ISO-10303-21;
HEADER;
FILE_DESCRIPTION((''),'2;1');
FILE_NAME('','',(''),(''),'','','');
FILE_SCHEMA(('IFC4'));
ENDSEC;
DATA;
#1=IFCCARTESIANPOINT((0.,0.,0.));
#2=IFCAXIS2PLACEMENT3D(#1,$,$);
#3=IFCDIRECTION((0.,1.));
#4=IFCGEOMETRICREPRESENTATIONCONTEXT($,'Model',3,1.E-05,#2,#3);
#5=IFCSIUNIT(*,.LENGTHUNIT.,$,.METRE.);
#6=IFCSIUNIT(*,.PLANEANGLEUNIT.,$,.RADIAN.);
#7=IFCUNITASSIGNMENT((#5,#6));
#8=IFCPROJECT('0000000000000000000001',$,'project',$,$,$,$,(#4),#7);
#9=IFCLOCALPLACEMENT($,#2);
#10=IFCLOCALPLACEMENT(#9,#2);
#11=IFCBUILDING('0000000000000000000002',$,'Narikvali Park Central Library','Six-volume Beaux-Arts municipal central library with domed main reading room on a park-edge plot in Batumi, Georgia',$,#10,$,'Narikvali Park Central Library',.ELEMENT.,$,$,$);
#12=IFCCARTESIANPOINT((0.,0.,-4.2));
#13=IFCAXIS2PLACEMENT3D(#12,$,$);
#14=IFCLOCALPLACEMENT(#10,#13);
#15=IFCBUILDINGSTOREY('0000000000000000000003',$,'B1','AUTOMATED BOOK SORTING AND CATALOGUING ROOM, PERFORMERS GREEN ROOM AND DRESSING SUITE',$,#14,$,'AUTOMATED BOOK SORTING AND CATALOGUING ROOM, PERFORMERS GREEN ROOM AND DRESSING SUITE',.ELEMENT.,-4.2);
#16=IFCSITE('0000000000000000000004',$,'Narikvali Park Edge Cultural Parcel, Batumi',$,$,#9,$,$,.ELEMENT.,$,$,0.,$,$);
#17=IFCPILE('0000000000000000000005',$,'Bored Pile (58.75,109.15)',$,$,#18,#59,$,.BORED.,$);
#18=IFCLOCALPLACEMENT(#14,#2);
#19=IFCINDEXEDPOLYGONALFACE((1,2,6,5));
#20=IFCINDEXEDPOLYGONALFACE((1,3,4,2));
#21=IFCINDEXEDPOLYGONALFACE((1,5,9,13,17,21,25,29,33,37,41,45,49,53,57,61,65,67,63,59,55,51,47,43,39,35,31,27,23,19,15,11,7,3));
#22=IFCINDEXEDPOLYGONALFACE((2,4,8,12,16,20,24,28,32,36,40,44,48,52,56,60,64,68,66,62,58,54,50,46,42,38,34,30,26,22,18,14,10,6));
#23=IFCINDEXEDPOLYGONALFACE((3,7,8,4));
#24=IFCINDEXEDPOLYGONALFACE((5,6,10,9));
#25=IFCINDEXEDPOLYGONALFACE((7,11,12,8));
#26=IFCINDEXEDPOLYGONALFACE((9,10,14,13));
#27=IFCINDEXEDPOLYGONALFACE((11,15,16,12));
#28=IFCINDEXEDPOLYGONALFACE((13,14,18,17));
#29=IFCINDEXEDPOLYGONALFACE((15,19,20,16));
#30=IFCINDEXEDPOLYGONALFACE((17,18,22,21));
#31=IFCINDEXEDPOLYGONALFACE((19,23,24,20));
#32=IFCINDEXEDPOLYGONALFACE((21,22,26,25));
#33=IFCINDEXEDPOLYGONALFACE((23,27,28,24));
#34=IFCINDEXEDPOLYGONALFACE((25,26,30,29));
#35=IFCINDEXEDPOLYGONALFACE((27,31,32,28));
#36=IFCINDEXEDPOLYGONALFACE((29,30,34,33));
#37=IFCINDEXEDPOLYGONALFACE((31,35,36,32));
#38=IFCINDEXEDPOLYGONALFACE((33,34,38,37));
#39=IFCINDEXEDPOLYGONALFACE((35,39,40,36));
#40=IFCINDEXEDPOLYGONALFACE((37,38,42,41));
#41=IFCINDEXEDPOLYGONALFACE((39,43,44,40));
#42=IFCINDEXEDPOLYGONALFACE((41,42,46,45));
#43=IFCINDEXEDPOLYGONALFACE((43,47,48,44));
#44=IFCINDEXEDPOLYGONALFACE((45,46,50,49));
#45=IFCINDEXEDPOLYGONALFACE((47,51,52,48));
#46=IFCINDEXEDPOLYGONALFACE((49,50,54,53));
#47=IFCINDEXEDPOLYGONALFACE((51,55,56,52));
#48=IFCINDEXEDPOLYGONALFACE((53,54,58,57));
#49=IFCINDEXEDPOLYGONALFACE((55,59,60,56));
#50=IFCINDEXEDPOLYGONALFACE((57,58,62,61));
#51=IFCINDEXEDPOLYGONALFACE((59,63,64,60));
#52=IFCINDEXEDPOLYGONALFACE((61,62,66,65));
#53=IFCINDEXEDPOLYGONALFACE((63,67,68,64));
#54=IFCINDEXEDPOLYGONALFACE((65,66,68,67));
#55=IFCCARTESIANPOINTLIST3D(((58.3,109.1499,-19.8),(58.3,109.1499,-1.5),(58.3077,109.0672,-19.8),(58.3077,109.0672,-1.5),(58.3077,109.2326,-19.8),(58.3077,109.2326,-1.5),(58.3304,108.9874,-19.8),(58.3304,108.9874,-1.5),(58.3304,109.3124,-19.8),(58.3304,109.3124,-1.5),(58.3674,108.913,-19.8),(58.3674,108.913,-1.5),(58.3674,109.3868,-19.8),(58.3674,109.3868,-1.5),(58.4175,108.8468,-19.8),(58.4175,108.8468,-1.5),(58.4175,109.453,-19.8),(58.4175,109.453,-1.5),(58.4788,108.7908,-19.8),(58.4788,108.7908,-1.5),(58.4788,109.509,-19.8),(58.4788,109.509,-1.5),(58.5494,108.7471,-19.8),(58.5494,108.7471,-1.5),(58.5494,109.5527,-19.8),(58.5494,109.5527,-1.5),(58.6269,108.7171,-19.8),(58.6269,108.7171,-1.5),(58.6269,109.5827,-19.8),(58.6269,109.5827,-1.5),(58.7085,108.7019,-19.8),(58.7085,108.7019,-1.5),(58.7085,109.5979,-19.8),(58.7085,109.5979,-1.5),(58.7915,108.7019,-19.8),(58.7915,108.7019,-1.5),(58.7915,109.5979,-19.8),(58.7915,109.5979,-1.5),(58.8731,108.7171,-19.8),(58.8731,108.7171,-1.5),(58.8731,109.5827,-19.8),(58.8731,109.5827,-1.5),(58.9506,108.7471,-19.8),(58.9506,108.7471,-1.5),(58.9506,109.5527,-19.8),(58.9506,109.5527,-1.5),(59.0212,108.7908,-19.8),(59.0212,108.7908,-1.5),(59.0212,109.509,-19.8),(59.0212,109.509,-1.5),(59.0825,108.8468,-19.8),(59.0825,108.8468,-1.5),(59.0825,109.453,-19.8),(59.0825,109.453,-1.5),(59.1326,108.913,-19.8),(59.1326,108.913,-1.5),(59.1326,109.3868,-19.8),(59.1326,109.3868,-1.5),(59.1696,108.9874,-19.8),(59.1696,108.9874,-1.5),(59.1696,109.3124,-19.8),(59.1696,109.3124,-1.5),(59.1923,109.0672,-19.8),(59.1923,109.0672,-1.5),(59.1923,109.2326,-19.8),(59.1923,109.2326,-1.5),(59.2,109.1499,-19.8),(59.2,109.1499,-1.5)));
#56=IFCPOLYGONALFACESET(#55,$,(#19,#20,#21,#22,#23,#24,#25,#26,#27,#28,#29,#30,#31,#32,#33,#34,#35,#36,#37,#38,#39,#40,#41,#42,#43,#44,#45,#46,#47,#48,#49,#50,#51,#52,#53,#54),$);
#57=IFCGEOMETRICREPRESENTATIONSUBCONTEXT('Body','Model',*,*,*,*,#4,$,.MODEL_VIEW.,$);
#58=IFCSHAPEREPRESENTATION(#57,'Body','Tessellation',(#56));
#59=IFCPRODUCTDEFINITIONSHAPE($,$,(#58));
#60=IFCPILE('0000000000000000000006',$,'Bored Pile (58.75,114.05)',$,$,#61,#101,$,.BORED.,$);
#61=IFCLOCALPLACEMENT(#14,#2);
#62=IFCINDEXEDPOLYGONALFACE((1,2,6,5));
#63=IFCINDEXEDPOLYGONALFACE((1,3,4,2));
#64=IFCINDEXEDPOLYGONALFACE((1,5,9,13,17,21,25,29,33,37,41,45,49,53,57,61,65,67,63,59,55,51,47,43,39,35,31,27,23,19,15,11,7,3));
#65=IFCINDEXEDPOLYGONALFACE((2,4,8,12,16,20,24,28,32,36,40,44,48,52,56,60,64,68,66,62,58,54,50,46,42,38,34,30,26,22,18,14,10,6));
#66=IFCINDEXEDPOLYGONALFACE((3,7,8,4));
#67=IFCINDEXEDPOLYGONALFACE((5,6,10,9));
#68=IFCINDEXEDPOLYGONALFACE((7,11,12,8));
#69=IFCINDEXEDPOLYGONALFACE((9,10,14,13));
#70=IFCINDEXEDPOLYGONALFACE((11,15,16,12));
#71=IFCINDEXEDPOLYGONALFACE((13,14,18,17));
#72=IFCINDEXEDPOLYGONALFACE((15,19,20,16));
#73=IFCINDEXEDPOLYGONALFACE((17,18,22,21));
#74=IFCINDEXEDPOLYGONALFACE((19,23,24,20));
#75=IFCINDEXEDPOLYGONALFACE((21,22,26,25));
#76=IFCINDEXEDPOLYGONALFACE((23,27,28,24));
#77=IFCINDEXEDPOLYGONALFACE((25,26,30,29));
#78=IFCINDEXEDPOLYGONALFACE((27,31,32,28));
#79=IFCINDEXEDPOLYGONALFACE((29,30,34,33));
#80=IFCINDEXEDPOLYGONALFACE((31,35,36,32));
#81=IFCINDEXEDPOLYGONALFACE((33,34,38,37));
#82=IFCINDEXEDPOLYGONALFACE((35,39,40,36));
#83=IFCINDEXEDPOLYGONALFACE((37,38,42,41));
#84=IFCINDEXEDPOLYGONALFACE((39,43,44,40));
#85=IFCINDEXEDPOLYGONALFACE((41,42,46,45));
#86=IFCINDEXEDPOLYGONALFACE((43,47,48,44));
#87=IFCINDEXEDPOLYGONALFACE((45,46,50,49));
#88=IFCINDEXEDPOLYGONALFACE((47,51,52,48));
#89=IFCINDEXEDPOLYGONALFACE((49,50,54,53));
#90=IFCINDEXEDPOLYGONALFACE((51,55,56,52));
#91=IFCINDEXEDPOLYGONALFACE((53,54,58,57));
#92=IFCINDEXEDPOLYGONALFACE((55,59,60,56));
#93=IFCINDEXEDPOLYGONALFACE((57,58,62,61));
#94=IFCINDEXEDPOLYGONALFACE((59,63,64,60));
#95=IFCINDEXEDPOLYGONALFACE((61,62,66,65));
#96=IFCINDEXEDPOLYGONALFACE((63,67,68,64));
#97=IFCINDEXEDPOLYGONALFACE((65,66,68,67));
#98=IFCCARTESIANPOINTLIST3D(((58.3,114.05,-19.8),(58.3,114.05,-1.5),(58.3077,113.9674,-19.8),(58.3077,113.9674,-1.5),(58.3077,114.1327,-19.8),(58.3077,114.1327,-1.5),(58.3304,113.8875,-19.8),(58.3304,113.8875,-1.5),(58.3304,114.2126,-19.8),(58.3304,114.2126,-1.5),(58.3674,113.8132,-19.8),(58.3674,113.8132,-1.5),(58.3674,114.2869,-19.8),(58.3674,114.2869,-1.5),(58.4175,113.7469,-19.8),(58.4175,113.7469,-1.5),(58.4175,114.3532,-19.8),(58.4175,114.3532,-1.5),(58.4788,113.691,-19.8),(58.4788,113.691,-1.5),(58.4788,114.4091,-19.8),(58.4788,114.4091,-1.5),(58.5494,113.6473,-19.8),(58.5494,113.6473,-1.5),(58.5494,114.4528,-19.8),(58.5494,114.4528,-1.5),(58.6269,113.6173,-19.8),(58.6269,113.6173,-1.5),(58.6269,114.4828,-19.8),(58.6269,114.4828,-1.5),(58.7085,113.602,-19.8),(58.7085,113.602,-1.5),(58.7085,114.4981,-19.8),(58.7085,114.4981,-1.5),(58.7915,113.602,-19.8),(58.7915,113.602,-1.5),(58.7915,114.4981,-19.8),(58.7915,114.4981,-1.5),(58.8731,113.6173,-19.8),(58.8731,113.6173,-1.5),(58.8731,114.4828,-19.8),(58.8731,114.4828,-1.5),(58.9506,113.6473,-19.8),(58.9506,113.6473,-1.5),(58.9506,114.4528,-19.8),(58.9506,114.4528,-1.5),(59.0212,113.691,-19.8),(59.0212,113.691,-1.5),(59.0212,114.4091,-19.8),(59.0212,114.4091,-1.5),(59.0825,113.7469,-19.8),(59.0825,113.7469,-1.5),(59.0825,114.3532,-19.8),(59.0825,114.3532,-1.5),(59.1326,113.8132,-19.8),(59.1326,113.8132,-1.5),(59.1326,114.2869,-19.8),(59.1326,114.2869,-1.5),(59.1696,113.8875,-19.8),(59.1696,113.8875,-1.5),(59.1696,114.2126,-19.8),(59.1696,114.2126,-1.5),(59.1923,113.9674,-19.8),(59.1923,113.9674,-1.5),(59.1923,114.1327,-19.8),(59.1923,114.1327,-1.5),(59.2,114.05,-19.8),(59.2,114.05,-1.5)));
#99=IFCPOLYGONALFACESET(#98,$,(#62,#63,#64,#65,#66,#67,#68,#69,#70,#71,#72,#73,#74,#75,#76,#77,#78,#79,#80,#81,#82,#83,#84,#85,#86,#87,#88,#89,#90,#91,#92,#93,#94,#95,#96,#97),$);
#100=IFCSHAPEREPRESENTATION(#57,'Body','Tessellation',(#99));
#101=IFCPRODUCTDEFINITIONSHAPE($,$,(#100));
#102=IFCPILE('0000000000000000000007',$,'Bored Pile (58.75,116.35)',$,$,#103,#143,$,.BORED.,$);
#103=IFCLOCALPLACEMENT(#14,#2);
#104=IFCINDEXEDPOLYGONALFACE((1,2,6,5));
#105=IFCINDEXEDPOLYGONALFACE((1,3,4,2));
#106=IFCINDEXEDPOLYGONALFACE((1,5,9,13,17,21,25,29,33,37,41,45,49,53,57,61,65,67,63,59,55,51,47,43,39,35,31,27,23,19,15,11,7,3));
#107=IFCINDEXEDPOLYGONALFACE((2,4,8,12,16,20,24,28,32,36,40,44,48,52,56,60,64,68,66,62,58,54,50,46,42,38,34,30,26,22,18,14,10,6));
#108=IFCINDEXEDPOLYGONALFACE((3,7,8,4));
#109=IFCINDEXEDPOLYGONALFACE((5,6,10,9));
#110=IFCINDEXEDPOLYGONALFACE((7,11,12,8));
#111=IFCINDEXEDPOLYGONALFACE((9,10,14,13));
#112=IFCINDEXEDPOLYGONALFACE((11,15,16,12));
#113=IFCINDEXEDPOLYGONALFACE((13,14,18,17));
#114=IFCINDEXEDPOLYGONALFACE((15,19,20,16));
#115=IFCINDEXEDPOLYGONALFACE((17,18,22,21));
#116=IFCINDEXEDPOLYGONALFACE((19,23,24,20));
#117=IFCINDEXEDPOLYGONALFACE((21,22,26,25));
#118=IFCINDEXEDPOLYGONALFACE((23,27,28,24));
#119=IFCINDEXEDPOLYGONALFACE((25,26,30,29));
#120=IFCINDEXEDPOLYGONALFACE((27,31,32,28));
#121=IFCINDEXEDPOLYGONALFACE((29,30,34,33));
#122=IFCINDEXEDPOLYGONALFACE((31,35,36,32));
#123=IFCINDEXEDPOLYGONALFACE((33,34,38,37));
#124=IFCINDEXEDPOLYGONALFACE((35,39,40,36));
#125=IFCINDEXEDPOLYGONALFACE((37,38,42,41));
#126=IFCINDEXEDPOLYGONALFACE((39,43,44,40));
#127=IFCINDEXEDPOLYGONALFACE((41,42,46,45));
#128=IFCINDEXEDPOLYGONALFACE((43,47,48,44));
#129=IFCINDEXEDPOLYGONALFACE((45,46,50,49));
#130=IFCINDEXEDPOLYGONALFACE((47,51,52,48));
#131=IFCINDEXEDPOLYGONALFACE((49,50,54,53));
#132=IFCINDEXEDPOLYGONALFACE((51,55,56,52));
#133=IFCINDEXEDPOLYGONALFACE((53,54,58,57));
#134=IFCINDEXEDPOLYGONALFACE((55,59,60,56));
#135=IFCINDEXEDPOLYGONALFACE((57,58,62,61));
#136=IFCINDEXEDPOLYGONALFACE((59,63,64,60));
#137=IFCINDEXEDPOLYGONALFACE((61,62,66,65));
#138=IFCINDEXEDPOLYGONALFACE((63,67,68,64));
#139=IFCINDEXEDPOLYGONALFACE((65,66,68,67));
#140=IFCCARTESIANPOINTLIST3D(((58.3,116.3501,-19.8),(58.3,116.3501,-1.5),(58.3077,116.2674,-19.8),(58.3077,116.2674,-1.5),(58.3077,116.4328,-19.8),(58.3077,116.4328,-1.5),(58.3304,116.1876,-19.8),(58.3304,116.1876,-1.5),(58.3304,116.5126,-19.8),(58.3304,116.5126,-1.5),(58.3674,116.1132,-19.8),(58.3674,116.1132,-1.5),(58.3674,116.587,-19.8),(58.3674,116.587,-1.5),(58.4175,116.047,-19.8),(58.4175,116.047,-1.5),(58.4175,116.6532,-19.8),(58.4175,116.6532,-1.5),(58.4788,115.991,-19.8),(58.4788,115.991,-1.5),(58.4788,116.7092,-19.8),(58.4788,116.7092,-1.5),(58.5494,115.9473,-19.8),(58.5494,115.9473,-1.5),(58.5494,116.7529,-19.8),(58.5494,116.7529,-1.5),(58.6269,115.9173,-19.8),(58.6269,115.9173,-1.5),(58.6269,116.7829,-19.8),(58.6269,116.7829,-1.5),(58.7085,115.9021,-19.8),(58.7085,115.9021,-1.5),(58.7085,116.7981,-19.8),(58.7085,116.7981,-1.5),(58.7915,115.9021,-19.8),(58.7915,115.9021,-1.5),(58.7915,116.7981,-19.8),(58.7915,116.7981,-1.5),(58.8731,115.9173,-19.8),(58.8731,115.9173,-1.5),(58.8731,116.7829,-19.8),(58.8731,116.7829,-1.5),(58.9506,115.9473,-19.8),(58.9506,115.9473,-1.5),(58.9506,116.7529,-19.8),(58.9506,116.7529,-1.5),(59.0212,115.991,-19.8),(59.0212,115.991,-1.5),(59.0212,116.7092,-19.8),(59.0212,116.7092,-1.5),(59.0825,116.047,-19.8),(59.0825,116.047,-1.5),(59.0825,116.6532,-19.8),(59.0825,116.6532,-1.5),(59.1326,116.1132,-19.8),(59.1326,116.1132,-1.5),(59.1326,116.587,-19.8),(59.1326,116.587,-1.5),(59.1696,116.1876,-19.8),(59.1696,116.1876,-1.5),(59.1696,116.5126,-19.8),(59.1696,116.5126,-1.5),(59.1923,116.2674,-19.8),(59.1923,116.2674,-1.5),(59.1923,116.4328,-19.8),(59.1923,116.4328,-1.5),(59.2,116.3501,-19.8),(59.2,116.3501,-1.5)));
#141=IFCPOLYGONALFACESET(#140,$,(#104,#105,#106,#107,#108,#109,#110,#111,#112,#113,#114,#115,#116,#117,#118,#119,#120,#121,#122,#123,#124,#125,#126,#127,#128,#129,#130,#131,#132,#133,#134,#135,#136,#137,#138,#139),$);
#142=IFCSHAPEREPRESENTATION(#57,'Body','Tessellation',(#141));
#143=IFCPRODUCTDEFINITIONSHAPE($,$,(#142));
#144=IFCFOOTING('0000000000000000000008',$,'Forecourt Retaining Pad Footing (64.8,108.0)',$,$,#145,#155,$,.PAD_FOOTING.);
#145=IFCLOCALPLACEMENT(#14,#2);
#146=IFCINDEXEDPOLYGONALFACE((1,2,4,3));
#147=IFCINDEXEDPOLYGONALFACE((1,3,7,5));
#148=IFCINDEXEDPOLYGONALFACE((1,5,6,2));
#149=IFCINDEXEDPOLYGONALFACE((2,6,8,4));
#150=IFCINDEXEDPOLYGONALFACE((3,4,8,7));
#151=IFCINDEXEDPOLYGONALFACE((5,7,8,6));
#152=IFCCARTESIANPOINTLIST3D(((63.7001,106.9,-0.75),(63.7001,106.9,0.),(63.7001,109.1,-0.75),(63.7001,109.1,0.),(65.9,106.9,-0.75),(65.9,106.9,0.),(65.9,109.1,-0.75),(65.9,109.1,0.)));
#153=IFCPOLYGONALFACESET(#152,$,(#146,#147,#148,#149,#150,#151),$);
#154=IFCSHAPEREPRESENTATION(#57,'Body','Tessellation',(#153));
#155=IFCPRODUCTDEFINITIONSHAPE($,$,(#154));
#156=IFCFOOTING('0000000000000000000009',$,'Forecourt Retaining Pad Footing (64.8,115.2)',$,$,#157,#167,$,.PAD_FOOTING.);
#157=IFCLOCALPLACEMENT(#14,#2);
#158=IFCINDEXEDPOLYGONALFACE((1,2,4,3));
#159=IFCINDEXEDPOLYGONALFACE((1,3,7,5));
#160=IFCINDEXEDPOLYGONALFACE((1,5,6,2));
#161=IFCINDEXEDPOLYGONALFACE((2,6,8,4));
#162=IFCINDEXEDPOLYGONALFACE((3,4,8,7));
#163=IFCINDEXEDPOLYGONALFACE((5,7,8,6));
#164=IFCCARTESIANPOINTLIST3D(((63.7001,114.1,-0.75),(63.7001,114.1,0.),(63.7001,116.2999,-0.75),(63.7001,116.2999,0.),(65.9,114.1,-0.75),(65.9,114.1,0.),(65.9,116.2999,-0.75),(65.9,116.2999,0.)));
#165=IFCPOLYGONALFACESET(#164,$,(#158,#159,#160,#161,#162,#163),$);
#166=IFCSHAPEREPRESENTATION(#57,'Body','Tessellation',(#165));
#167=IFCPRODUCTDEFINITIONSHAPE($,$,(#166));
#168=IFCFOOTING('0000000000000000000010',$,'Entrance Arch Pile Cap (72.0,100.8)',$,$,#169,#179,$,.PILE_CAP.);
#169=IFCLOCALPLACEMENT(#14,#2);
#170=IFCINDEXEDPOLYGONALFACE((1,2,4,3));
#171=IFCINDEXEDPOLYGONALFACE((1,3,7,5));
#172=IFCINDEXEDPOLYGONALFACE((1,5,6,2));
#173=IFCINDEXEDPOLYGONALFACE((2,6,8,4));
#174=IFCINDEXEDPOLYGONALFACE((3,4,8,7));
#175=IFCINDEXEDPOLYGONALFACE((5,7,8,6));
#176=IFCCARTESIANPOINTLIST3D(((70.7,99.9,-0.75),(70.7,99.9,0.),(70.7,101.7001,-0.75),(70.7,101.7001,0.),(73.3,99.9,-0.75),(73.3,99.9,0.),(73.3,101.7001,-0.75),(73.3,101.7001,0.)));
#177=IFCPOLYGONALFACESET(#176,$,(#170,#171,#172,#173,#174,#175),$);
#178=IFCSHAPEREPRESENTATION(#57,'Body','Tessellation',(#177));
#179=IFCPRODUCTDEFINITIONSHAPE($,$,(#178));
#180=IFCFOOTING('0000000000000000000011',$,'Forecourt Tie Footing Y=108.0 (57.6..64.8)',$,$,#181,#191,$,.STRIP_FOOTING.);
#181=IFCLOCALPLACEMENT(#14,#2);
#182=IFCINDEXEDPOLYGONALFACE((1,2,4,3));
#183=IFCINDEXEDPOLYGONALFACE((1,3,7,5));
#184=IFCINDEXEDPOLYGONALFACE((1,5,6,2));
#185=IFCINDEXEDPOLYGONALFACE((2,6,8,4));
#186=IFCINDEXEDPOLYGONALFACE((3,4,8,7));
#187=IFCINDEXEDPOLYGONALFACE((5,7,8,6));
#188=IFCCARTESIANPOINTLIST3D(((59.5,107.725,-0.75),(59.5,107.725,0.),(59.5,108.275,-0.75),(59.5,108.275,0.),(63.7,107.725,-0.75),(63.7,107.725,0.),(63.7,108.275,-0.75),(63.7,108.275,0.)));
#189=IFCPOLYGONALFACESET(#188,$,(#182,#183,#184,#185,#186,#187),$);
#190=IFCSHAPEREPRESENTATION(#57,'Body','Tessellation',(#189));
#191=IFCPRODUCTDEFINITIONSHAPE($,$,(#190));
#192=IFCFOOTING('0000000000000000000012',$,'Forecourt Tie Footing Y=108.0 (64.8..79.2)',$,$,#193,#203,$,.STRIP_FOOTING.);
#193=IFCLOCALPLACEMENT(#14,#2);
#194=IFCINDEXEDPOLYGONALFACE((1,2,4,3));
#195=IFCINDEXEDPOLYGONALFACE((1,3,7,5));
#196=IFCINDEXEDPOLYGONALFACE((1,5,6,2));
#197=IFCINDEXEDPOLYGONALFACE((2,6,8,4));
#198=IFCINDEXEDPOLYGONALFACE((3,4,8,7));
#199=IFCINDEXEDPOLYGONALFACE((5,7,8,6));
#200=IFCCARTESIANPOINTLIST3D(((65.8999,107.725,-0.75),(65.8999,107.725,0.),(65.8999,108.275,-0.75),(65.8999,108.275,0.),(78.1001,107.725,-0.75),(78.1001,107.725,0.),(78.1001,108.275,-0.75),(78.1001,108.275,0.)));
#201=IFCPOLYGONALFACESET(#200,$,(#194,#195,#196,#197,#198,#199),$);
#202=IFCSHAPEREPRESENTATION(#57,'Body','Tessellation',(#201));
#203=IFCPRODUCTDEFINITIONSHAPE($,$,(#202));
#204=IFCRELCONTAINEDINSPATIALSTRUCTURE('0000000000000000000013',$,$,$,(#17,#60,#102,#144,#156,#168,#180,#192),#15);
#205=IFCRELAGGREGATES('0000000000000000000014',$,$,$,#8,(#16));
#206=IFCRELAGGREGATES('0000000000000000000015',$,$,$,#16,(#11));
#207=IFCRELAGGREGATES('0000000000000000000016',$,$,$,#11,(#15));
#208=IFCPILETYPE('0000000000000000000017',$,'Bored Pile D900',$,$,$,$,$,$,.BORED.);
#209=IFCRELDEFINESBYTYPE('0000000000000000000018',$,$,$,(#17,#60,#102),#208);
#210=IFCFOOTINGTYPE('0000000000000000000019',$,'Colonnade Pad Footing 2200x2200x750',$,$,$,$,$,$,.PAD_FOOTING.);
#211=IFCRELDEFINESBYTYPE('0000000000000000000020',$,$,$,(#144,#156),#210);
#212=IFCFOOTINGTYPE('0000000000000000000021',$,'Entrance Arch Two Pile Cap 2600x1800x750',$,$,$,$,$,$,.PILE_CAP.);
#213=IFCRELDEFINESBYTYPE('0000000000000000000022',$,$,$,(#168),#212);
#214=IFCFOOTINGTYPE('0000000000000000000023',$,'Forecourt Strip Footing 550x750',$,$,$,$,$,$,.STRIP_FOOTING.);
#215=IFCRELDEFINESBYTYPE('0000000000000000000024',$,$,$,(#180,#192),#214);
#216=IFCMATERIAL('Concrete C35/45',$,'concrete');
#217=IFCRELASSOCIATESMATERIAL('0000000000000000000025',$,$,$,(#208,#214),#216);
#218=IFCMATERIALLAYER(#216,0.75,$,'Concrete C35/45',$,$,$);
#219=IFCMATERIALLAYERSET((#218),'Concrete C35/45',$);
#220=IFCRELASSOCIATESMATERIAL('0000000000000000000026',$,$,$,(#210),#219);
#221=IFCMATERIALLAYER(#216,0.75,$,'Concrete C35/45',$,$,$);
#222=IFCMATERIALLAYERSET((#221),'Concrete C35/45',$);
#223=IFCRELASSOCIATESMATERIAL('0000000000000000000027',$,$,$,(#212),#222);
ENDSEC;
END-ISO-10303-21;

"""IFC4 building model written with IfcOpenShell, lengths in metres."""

from ifc_helpers import new_model, si_unit, direction, frame, origin, origin_2d, place, context, subcontext, project, spatial, rectangle, circle, extrude, material, layer, layer_set, material_profile, profile_set, type_object, element, save


model = new_model("IFC4")

# Units and contexts
model_context = context("Model", 3, precision=1e-05, world=origin(), true_north=direction((0.0, 1.0)))
body_context = subcontext(model_context, "Body", "Model", "MODEL_VIEW")
ifc_project = project(units=[si_unit("LENGTHUNIT", "METRE"), si_unit("PLANEANGLEUNIT", "RADIAN")], contexts=[model_context])

# Site, building, storey
site_placement = place(None, origin())
site = spatial("IfcSite", under=ifc_project, at=site_placement, Name="Narikvali Park Edge Cultural Parcel, Batumi", CompositionType="ELEMENT", RefElevation=0.0)
building_placement = place(site_placement, origin())
building = spatial("IfcBuilding", under=site, at=building_placement, Name="Narikvali Park Central Library", Description="Six-volume Beaux-Arts municipal central library with domed main reading room on a park-edge plot in Batumi, Georgia", LongName="Narikvali Park Central Library", CompositionType="ELEMENT")
storey_placement = place(building_placement, frame((0.0, 0.0, -4.2)))
storey = spatial("IfcBuildingStorey", under=building, at=storey_placement, Name="B1", Description="AUTOMATED BOOK SORTING AND CATALOGUING ROOM, PERFORMERS GREEN ROOM AND DRESSING SUITE", LongName="AUTOMATED BOOK SORTING AND CATALOGUING ROOM, PERFORMERS GREEN ROOM AND DRESSING SUITE", CompositionType="ELEMENT", Elevation=-4.2)

# Piles
ifc_material_1 = material(Name="Concrete C35/45", Category="concrete")
ifc_material_profile_1 = material_profile(ifc_material_1, circle(Radius=0.45, at=origin_2d()), Name="PILE D900")
ifc_profile_set_1 = profile_set([ifc_material_profile_1], Name="Concrete C35/45")
pile_type_1 = type_object("IfcPileType", Name="Bored Pile D900", PredefinedType="BORED", material=ifc_profile_set_1)
for number, where, z_axis, x_axis, name in (
    (1, (58.75, 109.1499, -1.5), (0.0, 0.0, -1.0), (1.0, 0.0, 0.0), "Bored Pile (58.75,109.15)"),
    (2, (58.75, 114.05, -1.5), (0.0, 0.0, -1.0), (1.0, 0.0, 0.0), "Bored Pile (58.75,114.05)"),
    (3, (58.75, 116.3501, -1.5), (0.0, 0.0, -1.0), (1.0, 0.0, 0.0), "Bored Pile (58.75,116.35)"),
):
    element("IfcPile", number, at=place(storey_placement, frame(where, z_axis=z_axis, x_axis=x_axis)), inside=storey, type_object=pile_type_1, Name=name, PredefinedType="BORED", context=body_context, shape_type="SweptSolid", body=[
        extrude(circle(Radius=0.45, at=origin_2d()), origin(), (0.0, 0.0, 1.0), 18.3),
    ])

# Footings
ifc_layer_1 = layer(ifc_material_1, 0.75, Name="Concrete C35/45")
ifc_layer_set_1 = layer_set([ifc_layer_1], Name="Concrete C35/45")
footing_type_1 = type_object("IfcFootingType", Name="Colonnade Pad Footing 2200x2200x750", PredefinedType="PAD_FOOTING", material=ifc_layer_set_1)
for number, where, z_axis, x_axis, name in (
    (4, (64.8, 108.0, -0.75), (0.0, 0.0, 1.0), (1.0, 0.0, 0.0), "Forecourt Retaining Pad Footing (64.8,108.0)"),
    (5, (64.8, 115.2, -0.75), (0.0, 0.0, 1.0), (1.0, 0.0, 0.0), "Forecourt Retaining Pad Footing (64.8,115.2)"),
):
    element("IfcFooting", number, at=place(storey_placement, frame(where, z_axis=z_axis, x_axis=x_axis)), inside=storey, type_object=footing_type_1, Name=name, PredefinedType="PAD_FOOTING", context=body_context, shape_type="SweptSolid", body=[
        extrude(rectangle(XDim=2.2, YDim=2.2, at=origin_2d()), origin(), (0.0, 0.0, 1.0), 0.75),
    ])
ifc_layer_2 = layer(ifc_material_1, 0.75, Name="Concrete C35/45")
ifc_layer_set_2 = layer_set([ifc_layer_2], Name="Concrete C35/45")
footing_type_2 = type_object("IfcFootingType", Name="Entrance Arch Two Pile Cap 2600x1800x750", PredefinedType="PILE_CAP", material=ifc_layer_set_2)
footing_1_placement = place(storey_placement, frame((72.0, 100.8, -0.75), z_axis=(0.0, 0.0, 1.0), x_axis=(1.0, 0.0, 0.0)))
element("IfcFooting", 6, at=footing_1_placement, inside=storey, type_object=footing_type_2, Name="Entrance Arch Pile Cap (72.0,100.8)", PredefinedType="PILE_CAP", context=body_context, shape_type="SweptSolid", body=[
    extrude(rectangle(XDim=2.6001, YDim=1.8, at=origin_2d()), origin(), (0.0, 0.0, 1.0), 0.75),
])
ifc_material_profile_2 = material_profile(ifc_material_1, rectangle(XDim=0.55, YDim=0.75, at=origin_2d()), Name="RC GB 550x750")
ifc_profile_set_2 = profile_set([ifc_material_profile_2], Name="Concrete C35/45")
footing_type_3 = type_object("IfcFootingType", Name="Forecourt Strip Footing 550x750", PredefinedType="STRIP_FOOTING", material=ifc_profile_set_2)
footing_2_placement = place(storey_placement, frame((59.5, 108.0, -0.375), z_axis=(1.0, 0.0, 0.0), x_axis=(0.0, 1.0, 0.0)))
element("IfcFooting", 7, at=footing_2_placement, inside=storey, type_object=footing_type_3, Name="Forecourt Tie Footing Y=108.0 (57.6..64.8)", PredefinedType="STRIP_FOOTING", context=body_context, shape_type="SweptSolid", body=[
    extrude(rectangle(XDim=0.55, YDim=0.75, at=origin_2d()), origin(), (0.0, 0.0, 1.0), 4.2),
])
footing_3_placement = place(storey_placement, frame((65.8999, 108.0, -0.375), z_axis=(1.0, 0.0, 0.0), x_axis=(0.0, 1.0, 0.0)))
element("IfcFooting", 8, at=footing_3_placement, inside=storey, type_object=footing_type_3, Name="Forecourt Tie Footing Y=108.0 (64.8..79.2)", PredefinedType="STRIP_FOOTING", context=body_context, shape_type="SweptSolid", body=[
    extrude(rectangle(XDim=0.55, YDim=0.75, at=origin_2d()), origin(), (0.0, 0.0, 1.0), 12.2002),
])

save(model, "model.ifc")
